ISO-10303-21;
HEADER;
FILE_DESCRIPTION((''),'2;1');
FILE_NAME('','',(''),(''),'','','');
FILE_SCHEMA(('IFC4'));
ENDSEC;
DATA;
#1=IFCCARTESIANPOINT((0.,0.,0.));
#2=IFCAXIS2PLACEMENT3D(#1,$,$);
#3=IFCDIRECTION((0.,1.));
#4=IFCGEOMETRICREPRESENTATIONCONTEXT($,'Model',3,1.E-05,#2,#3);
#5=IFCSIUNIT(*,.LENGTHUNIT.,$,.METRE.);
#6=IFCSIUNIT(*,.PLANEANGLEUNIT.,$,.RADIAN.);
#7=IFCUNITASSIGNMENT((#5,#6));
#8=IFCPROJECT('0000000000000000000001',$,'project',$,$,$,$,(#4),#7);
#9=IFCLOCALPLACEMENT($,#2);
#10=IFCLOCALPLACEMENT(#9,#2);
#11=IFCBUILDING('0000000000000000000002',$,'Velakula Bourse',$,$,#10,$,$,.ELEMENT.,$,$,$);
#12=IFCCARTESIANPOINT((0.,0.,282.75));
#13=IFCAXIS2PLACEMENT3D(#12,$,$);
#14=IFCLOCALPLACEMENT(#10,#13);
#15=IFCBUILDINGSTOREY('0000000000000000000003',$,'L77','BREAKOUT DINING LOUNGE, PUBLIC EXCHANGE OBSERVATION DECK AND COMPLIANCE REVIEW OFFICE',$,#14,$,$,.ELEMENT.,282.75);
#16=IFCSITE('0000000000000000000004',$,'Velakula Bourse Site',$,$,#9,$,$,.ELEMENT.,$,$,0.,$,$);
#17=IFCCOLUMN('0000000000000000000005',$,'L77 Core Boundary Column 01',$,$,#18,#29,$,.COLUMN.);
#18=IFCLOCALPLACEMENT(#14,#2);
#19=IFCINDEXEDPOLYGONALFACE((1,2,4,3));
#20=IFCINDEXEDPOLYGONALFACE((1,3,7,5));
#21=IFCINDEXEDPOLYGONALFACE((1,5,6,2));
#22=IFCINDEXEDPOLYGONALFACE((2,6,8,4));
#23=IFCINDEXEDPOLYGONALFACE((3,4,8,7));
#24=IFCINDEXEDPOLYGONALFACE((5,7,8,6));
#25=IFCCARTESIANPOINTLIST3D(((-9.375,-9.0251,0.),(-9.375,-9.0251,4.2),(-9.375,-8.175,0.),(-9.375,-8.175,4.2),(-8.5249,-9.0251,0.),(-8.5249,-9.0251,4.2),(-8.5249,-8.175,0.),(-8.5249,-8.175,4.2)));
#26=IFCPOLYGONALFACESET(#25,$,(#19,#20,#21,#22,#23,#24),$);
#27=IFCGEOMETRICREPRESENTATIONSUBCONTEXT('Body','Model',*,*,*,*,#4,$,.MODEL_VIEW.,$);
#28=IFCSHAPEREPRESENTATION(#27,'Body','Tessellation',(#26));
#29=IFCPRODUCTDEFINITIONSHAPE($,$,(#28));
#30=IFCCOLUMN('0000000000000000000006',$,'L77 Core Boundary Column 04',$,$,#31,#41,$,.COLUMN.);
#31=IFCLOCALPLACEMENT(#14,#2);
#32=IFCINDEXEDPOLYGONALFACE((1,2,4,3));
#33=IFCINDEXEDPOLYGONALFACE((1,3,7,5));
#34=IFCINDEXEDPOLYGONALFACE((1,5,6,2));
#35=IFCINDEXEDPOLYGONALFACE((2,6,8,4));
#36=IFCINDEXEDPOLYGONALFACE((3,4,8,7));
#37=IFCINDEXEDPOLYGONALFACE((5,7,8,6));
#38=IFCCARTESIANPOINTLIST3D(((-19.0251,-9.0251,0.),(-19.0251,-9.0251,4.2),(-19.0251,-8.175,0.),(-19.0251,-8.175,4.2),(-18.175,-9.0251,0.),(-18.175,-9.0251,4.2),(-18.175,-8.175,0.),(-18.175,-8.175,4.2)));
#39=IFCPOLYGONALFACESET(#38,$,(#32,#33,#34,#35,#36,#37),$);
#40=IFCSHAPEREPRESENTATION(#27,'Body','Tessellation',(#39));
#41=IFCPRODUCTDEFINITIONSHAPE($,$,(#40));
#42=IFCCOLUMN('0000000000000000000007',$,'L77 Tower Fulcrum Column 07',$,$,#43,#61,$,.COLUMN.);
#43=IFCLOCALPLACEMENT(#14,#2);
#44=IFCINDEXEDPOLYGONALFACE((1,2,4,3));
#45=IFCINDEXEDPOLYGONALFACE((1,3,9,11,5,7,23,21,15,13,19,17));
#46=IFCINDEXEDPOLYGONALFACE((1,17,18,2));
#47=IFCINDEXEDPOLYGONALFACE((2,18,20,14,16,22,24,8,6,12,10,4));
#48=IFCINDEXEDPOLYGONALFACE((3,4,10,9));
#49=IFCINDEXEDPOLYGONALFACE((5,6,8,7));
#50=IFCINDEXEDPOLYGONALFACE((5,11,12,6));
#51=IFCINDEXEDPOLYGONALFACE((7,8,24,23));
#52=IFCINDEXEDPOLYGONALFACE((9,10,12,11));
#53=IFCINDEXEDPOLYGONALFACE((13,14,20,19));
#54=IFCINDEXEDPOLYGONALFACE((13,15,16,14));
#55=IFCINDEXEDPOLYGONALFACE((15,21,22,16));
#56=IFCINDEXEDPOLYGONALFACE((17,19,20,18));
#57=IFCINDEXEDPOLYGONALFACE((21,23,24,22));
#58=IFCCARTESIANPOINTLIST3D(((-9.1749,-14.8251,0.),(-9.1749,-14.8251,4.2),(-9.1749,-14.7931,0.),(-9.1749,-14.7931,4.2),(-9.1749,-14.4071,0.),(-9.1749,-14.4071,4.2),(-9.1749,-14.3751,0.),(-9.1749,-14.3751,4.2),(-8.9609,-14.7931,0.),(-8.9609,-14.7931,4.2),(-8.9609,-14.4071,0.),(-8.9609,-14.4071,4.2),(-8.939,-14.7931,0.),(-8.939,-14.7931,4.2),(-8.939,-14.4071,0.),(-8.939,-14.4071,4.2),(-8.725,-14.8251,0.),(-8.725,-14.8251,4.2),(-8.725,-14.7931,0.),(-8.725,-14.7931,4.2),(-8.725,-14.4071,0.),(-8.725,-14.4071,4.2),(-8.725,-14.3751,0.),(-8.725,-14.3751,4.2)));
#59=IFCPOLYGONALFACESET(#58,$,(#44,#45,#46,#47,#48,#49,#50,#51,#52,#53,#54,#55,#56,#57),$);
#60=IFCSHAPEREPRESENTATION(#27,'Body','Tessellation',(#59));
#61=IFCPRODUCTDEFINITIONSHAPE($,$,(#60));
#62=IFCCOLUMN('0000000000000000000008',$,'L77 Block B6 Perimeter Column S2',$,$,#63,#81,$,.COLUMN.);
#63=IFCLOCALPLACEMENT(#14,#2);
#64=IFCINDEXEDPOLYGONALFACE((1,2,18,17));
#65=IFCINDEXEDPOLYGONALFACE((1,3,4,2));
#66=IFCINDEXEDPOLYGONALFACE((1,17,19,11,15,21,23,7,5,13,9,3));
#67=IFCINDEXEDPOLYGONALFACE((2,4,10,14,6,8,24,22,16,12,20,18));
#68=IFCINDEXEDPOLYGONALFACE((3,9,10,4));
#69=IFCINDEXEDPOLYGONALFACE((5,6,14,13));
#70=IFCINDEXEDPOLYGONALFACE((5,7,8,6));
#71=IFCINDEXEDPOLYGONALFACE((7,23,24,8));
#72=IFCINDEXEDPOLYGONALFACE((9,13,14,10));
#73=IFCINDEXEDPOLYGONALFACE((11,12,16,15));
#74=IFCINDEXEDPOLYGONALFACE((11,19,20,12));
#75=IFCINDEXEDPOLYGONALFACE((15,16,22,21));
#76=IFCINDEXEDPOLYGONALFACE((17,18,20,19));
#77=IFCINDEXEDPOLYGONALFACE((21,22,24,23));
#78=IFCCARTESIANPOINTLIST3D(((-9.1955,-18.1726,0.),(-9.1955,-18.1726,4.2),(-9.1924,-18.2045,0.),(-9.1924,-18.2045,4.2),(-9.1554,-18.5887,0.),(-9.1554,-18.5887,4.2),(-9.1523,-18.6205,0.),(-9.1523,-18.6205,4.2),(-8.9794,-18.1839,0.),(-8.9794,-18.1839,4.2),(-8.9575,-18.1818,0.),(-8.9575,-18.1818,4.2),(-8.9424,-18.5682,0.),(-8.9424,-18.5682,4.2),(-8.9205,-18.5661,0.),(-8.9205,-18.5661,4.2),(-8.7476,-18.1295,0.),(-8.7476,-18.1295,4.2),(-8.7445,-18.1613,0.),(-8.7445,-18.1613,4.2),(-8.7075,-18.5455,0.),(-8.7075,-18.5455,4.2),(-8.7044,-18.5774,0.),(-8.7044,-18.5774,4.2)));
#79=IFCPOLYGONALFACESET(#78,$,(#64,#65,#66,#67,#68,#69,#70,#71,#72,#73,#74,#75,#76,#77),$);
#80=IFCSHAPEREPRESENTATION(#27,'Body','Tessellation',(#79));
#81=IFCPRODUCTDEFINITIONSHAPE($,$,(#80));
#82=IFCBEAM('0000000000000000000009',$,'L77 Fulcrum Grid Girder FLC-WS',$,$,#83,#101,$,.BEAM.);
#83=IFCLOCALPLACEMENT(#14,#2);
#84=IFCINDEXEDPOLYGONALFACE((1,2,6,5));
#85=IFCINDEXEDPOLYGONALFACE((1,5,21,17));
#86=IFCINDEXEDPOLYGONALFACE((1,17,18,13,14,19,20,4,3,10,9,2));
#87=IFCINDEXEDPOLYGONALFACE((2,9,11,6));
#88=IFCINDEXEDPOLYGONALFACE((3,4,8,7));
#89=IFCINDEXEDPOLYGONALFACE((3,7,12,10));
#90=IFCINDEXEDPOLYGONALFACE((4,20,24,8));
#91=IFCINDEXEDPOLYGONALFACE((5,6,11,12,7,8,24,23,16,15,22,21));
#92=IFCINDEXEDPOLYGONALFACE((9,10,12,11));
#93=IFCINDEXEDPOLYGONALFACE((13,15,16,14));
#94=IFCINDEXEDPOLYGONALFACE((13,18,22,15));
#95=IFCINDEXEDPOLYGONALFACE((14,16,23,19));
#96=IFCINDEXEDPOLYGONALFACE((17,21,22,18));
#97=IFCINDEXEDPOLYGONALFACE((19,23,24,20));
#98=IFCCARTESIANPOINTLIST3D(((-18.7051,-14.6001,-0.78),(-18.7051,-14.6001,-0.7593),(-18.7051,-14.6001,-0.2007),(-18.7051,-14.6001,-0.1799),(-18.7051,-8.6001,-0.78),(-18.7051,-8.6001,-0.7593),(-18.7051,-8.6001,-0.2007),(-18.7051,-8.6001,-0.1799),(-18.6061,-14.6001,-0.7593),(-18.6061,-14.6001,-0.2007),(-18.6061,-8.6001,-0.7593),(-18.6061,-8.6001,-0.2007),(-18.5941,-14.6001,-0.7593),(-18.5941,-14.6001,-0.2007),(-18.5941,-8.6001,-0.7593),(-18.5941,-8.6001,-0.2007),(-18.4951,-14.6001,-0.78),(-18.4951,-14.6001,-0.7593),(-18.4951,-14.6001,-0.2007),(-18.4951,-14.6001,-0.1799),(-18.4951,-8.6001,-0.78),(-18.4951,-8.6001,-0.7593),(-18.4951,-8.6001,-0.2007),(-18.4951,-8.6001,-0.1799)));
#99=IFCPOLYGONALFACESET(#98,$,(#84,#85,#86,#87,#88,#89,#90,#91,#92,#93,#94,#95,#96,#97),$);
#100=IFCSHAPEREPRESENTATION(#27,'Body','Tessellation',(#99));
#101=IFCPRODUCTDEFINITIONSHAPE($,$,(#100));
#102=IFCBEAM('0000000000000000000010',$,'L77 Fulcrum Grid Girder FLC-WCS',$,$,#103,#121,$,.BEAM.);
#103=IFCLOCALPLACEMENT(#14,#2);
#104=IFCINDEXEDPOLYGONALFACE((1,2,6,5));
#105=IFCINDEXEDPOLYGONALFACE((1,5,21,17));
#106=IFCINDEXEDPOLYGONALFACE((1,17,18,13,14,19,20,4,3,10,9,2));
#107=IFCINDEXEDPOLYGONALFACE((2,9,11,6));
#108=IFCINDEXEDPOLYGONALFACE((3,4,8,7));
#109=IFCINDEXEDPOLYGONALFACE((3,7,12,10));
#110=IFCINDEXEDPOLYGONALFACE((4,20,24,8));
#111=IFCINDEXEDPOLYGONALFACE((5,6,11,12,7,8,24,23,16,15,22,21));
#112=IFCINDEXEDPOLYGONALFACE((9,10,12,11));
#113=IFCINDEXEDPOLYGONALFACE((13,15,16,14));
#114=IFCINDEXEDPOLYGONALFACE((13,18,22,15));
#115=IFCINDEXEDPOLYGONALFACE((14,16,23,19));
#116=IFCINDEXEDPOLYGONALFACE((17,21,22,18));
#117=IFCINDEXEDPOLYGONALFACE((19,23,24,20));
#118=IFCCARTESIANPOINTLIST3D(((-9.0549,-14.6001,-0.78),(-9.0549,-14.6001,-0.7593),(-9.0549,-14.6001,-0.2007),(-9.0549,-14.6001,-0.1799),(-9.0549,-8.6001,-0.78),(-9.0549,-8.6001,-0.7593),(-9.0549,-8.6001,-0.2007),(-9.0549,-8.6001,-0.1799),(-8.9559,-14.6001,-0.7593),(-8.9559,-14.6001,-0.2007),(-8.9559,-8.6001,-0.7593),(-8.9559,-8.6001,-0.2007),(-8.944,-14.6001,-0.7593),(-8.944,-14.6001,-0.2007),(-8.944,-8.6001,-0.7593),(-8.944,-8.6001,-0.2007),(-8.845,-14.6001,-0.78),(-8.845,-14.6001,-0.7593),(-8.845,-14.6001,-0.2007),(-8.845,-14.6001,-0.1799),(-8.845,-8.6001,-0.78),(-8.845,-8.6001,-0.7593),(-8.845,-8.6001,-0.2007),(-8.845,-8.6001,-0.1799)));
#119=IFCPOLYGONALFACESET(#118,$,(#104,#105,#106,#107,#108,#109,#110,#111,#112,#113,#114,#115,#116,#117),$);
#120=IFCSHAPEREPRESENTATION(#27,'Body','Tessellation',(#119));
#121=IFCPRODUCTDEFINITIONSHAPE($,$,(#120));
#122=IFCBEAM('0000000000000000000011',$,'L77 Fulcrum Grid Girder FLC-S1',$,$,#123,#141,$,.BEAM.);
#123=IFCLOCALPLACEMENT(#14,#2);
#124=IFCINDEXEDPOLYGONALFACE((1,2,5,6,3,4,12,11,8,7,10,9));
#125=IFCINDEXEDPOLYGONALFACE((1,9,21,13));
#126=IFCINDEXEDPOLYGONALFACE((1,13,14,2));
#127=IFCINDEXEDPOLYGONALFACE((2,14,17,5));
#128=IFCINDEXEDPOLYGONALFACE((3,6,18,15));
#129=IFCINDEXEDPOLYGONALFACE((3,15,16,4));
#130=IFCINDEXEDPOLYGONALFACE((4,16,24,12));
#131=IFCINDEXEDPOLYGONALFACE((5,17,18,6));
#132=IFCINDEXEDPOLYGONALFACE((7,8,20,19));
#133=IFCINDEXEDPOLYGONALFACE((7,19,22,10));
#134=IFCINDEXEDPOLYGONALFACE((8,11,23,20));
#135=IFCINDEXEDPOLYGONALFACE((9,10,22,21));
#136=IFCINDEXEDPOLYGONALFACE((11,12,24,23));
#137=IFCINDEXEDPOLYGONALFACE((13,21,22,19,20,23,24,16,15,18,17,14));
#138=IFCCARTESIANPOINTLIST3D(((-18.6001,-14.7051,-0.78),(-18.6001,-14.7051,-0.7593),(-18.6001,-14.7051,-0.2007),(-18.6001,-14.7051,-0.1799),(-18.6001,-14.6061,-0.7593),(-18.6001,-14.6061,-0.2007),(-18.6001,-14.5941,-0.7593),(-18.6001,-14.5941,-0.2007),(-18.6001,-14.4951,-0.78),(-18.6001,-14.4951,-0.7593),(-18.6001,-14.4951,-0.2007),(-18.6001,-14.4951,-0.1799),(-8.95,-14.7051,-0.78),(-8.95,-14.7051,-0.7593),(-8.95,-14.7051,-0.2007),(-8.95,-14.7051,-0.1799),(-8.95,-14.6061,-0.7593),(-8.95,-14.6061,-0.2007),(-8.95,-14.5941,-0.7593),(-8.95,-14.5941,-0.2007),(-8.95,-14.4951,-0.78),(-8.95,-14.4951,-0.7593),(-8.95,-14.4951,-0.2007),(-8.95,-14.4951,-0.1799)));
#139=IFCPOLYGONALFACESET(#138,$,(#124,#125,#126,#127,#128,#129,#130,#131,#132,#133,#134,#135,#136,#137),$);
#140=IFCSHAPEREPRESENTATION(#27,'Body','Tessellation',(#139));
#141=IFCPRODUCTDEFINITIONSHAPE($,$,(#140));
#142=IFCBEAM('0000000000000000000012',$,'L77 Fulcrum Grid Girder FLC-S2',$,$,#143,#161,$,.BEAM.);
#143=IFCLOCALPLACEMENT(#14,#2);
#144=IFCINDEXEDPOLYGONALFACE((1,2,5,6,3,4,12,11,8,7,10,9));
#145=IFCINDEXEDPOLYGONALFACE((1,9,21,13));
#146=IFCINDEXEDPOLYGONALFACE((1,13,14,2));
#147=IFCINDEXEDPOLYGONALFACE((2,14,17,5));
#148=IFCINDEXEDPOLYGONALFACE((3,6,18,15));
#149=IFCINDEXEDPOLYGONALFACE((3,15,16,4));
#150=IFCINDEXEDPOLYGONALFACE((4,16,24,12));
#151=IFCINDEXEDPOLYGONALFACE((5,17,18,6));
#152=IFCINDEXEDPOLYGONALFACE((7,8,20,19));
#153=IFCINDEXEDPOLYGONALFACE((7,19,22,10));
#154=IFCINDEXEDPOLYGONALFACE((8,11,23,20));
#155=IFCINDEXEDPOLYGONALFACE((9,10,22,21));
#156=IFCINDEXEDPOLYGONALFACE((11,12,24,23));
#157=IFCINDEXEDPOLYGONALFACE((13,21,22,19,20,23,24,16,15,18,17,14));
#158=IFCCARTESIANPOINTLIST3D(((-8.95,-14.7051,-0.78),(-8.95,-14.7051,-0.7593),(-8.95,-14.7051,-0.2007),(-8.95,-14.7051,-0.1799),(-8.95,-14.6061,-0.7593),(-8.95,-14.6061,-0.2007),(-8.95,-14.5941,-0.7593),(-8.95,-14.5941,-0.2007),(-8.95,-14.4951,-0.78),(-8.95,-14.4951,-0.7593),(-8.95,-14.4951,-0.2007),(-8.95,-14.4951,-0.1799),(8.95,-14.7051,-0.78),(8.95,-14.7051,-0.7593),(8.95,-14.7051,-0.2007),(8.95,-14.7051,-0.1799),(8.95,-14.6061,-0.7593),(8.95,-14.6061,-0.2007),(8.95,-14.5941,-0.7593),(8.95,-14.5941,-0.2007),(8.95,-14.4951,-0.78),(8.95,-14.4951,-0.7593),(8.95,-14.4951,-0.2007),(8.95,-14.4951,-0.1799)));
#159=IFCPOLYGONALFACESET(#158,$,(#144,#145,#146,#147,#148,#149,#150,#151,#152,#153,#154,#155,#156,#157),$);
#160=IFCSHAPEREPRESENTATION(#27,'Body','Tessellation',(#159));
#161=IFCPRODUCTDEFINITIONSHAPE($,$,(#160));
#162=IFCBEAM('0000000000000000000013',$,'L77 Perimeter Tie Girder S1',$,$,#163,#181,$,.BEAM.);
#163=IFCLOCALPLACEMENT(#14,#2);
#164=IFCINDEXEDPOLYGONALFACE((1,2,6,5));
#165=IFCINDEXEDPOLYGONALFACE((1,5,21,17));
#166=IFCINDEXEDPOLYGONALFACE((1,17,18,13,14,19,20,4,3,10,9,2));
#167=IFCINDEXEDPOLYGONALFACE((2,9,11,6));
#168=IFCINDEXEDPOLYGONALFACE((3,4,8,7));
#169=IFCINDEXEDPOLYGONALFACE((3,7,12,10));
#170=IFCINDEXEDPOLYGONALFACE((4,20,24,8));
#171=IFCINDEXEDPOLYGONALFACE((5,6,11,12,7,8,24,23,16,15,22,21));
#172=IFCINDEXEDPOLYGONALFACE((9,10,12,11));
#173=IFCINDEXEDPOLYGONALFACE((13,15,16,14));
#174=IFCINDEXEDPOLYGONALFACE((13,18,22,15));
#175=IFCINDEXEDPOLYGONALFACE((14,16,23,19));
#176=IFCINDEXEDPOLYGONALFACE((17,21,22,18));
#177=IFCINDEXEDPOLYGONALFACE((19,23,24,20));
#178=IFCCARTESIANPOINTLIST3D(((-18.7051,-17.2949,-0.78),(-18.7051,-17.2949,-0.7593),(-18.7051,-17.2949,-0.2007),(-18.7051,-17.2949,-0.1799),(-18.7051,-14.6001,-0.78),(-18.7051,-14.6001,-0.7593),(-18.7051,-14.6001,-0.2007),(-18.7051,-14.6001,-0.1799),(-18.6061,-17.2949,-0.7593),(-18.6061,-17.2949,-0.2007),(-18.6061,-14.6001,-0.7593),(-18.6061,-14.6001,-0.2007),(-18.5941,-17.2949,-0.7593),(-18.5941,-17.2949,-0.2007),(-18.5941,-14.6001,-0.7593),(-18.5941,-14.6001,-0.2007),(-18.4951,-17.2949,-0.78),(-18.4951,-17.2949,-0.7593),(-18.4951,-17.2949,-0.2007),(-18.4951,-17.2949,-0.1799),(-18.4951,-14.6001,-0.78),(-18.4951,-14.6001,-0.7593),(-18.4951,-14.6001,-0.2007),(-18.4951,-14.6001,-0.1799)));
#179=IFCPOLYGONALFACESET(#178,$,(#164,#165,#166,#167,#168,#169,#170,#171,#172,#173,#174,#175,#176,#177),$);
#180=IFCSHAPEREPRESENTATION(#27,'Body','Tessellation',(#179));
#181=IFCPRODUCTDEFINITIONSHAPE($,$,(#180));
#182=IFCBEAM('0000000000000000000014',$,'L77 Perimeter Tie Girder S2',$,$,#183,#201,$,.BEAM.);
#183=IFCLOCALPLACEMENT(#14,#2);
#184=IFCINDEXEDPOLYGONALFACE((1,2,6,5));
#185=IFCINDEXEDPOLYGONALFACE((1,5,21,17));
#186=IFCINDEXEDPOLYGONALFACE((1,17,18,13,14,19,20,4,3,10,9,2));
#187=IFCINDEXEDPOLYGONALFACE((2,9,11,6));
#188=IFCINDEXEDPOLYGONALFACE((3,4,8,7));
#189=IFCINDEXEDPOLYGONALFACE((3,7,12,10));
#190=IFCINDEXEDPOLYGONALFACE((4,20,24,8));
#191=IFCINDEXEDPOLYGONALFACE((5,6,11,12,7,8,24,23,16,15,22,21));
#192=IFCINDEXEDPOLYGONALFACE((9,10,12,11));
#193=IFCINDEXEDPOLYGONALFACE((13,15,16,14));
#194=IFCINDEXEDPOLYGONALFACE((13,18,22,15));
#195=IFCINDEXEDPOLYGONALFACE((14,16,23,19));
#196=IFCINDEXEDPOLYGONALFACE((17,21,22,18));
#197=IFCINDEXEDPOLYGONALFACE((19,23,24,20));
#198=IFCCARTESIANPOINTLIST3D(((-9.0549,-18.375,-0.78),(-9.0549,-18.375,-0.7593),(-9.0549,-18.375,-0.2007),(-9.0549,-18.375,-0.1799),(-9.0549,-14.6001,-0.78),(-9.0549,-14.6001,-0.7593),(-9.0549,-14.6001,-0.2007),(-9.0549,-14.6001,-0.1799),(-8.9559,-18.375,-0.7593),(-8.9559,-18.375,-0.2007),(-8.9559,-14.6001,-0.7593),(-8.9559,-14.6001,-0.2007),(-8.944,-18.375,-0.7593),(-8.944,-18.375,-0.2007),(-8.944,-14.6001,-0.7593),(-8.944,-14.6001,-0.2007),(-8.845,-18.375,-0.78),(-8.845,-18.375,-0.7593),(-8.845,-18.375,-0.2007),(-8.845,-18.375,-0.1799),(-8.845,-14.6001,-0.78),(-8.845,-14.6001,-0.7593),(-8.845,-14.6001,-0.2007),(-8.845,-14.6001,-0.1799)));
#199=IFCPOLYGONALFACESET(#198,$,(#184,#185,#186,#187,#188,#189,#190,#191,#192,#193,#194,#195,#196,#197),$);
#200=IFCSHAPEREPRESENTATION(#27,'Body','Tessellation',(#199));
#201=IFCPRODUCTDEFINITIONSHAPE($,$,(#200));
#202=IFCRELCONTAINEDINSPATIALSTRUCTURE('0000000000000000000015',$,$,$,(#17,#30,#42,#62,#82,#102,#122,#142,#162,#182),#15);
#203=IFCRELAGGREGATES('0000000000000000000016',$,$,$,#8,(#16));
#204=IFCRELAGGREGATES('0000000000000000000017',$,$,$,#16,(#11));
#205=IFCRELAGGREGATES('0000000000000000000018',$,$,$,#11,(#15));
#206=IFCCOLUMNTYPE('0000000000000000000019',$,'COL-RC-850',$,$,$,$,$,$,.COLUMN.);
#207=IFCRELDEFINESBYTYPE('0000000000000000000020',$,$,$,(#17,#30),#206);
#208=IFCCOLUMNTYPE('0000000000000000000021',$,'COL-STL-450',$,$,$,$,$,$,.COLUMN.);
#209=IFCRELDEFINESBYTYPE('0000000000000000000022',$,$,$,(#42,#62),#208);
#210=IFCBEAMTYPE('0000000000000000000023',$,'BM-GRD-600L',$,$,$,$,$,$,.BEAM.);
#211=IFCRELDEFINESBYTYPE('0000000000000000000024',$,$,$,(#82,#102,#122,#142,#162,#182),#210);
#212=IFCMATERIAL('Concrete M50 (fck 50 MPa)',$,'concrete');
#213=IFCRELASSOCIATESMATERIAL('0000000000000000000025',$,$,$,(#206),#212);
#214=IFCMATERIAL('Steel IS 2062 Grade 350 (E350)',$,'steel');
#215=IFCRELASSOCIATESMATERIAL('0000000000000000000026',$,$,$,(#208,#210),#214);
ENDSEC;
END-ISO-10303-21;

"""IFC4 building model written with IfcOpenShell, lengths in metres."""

from ifc_helpers import new_model, si_unit, direction, frame, origin, origin_2d, place, context, subcontext, project, spatial, rectangle, i_section, extrude, material, material_profile, profile_set, type_object, element, save


model = new_model("IFC4")

# Units and contexts
model_context = context("Model", 3, precision=1e-05, world=origin(), true_north=direction((0.0, 1.0)))
body_context = subcontext(model_context, "Body", "Model", "MODEL_VIEW")
ifc_project = project(units=[si_unit("LENGTHUNIT", "METRE"), si_unit("PLANEANGLEUNIT", "RADIAN")], contexts=[model_context])

# Site, building, storey
site_placement = place(None, origin())
site = spatial("IfcSite", under=ifc_project, at=site_placement, Name="Velakula Bourse Site", CompositionType="ELEMENT", RefElevation=0.0)
building_placement = place(site_placement, origin())
building = spatial("IfcBuilding", under=site, at=building_placement, Name="Velakula Bourse", CompositionType="ELEMENT")
storey_placement = place(building_placement, frame((0.0, 0.0, 282.75)))
storey = spatial("IfcBuildingStorey", under=building, at=storey_placement, Name="L77", Description="BREAKOUT DINING LOUNGE, PUBLIC EXCHANGE OBSERVATION DECK AND COMPLIANCE REVIEW OFFICE", CompositionType="ELEMENT", Elevation=282.75)

# Columns
ifc_material_1 = material(Name="Concrete M50 (fck 50 MPa)", Category="concrete")
ifc_material_profile_1 = material_profile(ifc_material_1, rectangle(XDim=0.8501, YDim=0.8501, at=origin_2d()), Name="Concrete M50 (fck 50 MPa)")
ifc_profile_set_1 = profile_set([ifc_material_profile_1], Name="Concrete M50 (fck 50 MPa)")
column_type_1 = type_object("IfcColumnType", Name="COL-RC-850", PredefinedType="COLUMN", material=ifc_profile_set_1)
for number, where, z_axis, x_axis, name in (
    (1, (-8.95, -8.6001, 0.0), (0.0, 0.0, 1.0), (1.0, 0.0, 0.0), "L77 Core Boundary Column 01"),
    (2, (-18.6001, -8.6001, 0.0), (0.0, 0.0, 1.0), (1.0, 0.0, 0.0), "L77 Core Boundary Column 04"),
):
    element("IfcColumn", number, at=place(storey_placement, frame(where, z_axis=z_axis, x_axis=x_axis)), inside=storey, type_object=column_type_1, Name=name, PredefinedType="COLUMN", context=body_context, shape_type="SweptSolid", body=[
        extrude(rectangle(XDim=0.8501, YDim=0.8501, at=origin_2d()), origin(), (0.0, 0.0, 1.0), 4.2),
    ])
ifc_material_2 = material(Name="Steel IS 2062 Grade 350 (E350)", Category="steel")
ifc_material_profile_2 = material_profile(ifc_material_2, i_section(OverallWidth=0.45, OverallDepth=0.45, WebThickness=0.022, FlangeThickness=0.032, at=origin_2d()), Name="Steel IS 2062 Grade 350 (E350)")
ifc_profile_set_2 = profile_set([ifc_material_profile_2], Name="Steel IS 2062 Grade 350 (E350)")
column_type_2 = type_object("IfcColumnType", Name="COL-STL-450", PredefinedType="COLUMN", material=ifc_profile_set_2)
for number, where, z_axis, x_axis, name in (
    (3, (-8.95, -14.6001, 0.0), (0.0, 0.0, 1.0), (1.0, 0.0, 0.0), "L77 Tower Fulcrum Column 07"),
    (4, (-8.95, -18.375, 0.0), (0.0, 0.0, 1.0), (0.995396, 0.095846, 0.0), "L77 Block B6 Perimeter Column S2"),
):
    element("IfcColumn", number, at=place(storey_placement, frame(where, z_axis=z_axis, x_axis=x_axis)), inside=storey, type_object=column_type_2, Name=name, PredefinedType="COLUMN", context=body_context, shape_type="SweptSolid", body=[
        extrude(i_section(OverallWidth=0.45, OverallDepth=0.45, WebThickness=0.022, FlangeThickness=0.032, at=origin_2d()), origin(), (0.0, 0.0, 1.0), 4.2),
    ])

# Beams
ifc_material_profile_3 = material_profile(ifc_material_2, i_section(OverallWidth=0.21, OverallDepth=0.6001, WebThickness=0.012, FlangeThickness=0.0208, at=origin_2d()), Name="Steel IS 2062 Grade 350 (E350)")
ifc_profile_set_3 = profile_set([ifc_material_profile_3], Name="Steel IS 2062 Grade 350 (E350)")
beam_type_1 = type_object("IfcBeamType", Name="BM-GRD-600L", PredefinedType="BEAM", material=ifc_profile_set_3)
for number, where, z_axis, x_axis, name in (
    (5, (-18.6001, -14.6001, -0.48), (0.0, 1.0, 0.0), (-1.0, 0.0, 0.0), "L77 Fulcrum Grid Girder FLC-WS"),
    (6, (-8.95, -14.6001, -0.48), (0.0, 1.0, 0.0), (-1.0, 0.0, 0.0), "L77 Fulcrum Grid Girder FLC-WCS"),
):
    element("IfcBeam", number, at=place(storey_placement, frame(where, z_axis=z_axis, x_axis=x_axis)), inside=storey, type_object=beam_type_1, Name=name, PredefinedType="BEAM", context=body_context, shape_type="SweptSolid", body=[
        extrude(i_section(OverallWidth=0.21, OverallDepth=0.6001, WebThickness=0.012, FlangeThickness=0.0208, at=origin_2d()), origin(), (0.0, 0.0, 1.0), 6.0),
    ])
beam_1_placement = place(storey_placement, frame((-18.6001, -14.6001, -0.48), z_axis=(1.0, 0.0, 0.0), x_axis=(0.0, 1.0, 0.0)))
element("IfcBeam", 7, at=beam_1_placement, inside=storey, type_object=beam_type_1, Name="L77 Fulcrum Grid Girder FLC-S1", PredefinedType="BEAM", context=body_context, shape_type="SweptSolid", body=[
    extrude(i_section(OverallWidth=0.21, OverallDepth=0.6001, WebThickness=0.012, FlangeThickness=0.0208, at=origin_2d()), origin(), (0.0, 0.0, 1.0), 9.6501),
])
beam_2_placement = place(storey_placement, frame((-8.95, -14.6001, -0.48), z_axis=(1.0, 0.0, 0.0), x_axis=(0.0, 1.0, 0.0)))
element("IfcBeam", 8, at=beam_2_placement, inside=storey, type_object=beam_type_1, Name="L77 Fulcrum Grid Girder FLC-S2", PredefinedType="BEAM", context=body_context, shape_type="SweptSolid", body=[
    extrude(i_section(OverallWidth=0.21, OverallDepth=0.6001, WebThickness=0.012, FlangeThickness=0.0208, at=origin_2d()), origin(), (0.0, 0.0, 1.0), 17.8999),
])
beam_3_placement = place(storey_placement, frame((-18.6001, -14.6001, -0.48), z_axis=(0.0, -1.0, 0.0), x_axis=(1.0, 0.0, 0.0)))
element("IfcBeam", 9, at=beam_3_placement, inside=storey, type_object=beam_type_1, Name="L77 Perimeter Tie Girder S1", PredefinedType="BEAM", context=body_context, shape_type="SweptSolid", body=[
    extrude(i_section(OverallWidth=0.21, OverallDepth=0.6001, WebThickness=0.012, FlangeThickness=0.0208, at=origin_2d()), origin(), (0.0, 0.0, 1.0), 2.6948),
])
beam_4_placement = place(storey_placement, frame((-8.95, -14.6001, -0.48), z_axis=(0.0, -1.0, 0.0), x_axis=(1.0, 0.0, 0.0)))
element("IfcBeam", 10, at=beam_4_placement, inside=storey, type_object=beam_type_1, Name="L77 Perimeter Tie Girder S2", PredefinedType="BEAM", context=body_context, shape_type="SweptSolid", body=[
    extrude(i_section(OverallWidth=0.21, OverallDepth=0.6001, WebThickness=0.012, FlangeThickness=0.0208, at=origin_2d()), origin(), (0.0, 0.0, 1.0), 3.7749),
])

save(model, "model.ifc")
